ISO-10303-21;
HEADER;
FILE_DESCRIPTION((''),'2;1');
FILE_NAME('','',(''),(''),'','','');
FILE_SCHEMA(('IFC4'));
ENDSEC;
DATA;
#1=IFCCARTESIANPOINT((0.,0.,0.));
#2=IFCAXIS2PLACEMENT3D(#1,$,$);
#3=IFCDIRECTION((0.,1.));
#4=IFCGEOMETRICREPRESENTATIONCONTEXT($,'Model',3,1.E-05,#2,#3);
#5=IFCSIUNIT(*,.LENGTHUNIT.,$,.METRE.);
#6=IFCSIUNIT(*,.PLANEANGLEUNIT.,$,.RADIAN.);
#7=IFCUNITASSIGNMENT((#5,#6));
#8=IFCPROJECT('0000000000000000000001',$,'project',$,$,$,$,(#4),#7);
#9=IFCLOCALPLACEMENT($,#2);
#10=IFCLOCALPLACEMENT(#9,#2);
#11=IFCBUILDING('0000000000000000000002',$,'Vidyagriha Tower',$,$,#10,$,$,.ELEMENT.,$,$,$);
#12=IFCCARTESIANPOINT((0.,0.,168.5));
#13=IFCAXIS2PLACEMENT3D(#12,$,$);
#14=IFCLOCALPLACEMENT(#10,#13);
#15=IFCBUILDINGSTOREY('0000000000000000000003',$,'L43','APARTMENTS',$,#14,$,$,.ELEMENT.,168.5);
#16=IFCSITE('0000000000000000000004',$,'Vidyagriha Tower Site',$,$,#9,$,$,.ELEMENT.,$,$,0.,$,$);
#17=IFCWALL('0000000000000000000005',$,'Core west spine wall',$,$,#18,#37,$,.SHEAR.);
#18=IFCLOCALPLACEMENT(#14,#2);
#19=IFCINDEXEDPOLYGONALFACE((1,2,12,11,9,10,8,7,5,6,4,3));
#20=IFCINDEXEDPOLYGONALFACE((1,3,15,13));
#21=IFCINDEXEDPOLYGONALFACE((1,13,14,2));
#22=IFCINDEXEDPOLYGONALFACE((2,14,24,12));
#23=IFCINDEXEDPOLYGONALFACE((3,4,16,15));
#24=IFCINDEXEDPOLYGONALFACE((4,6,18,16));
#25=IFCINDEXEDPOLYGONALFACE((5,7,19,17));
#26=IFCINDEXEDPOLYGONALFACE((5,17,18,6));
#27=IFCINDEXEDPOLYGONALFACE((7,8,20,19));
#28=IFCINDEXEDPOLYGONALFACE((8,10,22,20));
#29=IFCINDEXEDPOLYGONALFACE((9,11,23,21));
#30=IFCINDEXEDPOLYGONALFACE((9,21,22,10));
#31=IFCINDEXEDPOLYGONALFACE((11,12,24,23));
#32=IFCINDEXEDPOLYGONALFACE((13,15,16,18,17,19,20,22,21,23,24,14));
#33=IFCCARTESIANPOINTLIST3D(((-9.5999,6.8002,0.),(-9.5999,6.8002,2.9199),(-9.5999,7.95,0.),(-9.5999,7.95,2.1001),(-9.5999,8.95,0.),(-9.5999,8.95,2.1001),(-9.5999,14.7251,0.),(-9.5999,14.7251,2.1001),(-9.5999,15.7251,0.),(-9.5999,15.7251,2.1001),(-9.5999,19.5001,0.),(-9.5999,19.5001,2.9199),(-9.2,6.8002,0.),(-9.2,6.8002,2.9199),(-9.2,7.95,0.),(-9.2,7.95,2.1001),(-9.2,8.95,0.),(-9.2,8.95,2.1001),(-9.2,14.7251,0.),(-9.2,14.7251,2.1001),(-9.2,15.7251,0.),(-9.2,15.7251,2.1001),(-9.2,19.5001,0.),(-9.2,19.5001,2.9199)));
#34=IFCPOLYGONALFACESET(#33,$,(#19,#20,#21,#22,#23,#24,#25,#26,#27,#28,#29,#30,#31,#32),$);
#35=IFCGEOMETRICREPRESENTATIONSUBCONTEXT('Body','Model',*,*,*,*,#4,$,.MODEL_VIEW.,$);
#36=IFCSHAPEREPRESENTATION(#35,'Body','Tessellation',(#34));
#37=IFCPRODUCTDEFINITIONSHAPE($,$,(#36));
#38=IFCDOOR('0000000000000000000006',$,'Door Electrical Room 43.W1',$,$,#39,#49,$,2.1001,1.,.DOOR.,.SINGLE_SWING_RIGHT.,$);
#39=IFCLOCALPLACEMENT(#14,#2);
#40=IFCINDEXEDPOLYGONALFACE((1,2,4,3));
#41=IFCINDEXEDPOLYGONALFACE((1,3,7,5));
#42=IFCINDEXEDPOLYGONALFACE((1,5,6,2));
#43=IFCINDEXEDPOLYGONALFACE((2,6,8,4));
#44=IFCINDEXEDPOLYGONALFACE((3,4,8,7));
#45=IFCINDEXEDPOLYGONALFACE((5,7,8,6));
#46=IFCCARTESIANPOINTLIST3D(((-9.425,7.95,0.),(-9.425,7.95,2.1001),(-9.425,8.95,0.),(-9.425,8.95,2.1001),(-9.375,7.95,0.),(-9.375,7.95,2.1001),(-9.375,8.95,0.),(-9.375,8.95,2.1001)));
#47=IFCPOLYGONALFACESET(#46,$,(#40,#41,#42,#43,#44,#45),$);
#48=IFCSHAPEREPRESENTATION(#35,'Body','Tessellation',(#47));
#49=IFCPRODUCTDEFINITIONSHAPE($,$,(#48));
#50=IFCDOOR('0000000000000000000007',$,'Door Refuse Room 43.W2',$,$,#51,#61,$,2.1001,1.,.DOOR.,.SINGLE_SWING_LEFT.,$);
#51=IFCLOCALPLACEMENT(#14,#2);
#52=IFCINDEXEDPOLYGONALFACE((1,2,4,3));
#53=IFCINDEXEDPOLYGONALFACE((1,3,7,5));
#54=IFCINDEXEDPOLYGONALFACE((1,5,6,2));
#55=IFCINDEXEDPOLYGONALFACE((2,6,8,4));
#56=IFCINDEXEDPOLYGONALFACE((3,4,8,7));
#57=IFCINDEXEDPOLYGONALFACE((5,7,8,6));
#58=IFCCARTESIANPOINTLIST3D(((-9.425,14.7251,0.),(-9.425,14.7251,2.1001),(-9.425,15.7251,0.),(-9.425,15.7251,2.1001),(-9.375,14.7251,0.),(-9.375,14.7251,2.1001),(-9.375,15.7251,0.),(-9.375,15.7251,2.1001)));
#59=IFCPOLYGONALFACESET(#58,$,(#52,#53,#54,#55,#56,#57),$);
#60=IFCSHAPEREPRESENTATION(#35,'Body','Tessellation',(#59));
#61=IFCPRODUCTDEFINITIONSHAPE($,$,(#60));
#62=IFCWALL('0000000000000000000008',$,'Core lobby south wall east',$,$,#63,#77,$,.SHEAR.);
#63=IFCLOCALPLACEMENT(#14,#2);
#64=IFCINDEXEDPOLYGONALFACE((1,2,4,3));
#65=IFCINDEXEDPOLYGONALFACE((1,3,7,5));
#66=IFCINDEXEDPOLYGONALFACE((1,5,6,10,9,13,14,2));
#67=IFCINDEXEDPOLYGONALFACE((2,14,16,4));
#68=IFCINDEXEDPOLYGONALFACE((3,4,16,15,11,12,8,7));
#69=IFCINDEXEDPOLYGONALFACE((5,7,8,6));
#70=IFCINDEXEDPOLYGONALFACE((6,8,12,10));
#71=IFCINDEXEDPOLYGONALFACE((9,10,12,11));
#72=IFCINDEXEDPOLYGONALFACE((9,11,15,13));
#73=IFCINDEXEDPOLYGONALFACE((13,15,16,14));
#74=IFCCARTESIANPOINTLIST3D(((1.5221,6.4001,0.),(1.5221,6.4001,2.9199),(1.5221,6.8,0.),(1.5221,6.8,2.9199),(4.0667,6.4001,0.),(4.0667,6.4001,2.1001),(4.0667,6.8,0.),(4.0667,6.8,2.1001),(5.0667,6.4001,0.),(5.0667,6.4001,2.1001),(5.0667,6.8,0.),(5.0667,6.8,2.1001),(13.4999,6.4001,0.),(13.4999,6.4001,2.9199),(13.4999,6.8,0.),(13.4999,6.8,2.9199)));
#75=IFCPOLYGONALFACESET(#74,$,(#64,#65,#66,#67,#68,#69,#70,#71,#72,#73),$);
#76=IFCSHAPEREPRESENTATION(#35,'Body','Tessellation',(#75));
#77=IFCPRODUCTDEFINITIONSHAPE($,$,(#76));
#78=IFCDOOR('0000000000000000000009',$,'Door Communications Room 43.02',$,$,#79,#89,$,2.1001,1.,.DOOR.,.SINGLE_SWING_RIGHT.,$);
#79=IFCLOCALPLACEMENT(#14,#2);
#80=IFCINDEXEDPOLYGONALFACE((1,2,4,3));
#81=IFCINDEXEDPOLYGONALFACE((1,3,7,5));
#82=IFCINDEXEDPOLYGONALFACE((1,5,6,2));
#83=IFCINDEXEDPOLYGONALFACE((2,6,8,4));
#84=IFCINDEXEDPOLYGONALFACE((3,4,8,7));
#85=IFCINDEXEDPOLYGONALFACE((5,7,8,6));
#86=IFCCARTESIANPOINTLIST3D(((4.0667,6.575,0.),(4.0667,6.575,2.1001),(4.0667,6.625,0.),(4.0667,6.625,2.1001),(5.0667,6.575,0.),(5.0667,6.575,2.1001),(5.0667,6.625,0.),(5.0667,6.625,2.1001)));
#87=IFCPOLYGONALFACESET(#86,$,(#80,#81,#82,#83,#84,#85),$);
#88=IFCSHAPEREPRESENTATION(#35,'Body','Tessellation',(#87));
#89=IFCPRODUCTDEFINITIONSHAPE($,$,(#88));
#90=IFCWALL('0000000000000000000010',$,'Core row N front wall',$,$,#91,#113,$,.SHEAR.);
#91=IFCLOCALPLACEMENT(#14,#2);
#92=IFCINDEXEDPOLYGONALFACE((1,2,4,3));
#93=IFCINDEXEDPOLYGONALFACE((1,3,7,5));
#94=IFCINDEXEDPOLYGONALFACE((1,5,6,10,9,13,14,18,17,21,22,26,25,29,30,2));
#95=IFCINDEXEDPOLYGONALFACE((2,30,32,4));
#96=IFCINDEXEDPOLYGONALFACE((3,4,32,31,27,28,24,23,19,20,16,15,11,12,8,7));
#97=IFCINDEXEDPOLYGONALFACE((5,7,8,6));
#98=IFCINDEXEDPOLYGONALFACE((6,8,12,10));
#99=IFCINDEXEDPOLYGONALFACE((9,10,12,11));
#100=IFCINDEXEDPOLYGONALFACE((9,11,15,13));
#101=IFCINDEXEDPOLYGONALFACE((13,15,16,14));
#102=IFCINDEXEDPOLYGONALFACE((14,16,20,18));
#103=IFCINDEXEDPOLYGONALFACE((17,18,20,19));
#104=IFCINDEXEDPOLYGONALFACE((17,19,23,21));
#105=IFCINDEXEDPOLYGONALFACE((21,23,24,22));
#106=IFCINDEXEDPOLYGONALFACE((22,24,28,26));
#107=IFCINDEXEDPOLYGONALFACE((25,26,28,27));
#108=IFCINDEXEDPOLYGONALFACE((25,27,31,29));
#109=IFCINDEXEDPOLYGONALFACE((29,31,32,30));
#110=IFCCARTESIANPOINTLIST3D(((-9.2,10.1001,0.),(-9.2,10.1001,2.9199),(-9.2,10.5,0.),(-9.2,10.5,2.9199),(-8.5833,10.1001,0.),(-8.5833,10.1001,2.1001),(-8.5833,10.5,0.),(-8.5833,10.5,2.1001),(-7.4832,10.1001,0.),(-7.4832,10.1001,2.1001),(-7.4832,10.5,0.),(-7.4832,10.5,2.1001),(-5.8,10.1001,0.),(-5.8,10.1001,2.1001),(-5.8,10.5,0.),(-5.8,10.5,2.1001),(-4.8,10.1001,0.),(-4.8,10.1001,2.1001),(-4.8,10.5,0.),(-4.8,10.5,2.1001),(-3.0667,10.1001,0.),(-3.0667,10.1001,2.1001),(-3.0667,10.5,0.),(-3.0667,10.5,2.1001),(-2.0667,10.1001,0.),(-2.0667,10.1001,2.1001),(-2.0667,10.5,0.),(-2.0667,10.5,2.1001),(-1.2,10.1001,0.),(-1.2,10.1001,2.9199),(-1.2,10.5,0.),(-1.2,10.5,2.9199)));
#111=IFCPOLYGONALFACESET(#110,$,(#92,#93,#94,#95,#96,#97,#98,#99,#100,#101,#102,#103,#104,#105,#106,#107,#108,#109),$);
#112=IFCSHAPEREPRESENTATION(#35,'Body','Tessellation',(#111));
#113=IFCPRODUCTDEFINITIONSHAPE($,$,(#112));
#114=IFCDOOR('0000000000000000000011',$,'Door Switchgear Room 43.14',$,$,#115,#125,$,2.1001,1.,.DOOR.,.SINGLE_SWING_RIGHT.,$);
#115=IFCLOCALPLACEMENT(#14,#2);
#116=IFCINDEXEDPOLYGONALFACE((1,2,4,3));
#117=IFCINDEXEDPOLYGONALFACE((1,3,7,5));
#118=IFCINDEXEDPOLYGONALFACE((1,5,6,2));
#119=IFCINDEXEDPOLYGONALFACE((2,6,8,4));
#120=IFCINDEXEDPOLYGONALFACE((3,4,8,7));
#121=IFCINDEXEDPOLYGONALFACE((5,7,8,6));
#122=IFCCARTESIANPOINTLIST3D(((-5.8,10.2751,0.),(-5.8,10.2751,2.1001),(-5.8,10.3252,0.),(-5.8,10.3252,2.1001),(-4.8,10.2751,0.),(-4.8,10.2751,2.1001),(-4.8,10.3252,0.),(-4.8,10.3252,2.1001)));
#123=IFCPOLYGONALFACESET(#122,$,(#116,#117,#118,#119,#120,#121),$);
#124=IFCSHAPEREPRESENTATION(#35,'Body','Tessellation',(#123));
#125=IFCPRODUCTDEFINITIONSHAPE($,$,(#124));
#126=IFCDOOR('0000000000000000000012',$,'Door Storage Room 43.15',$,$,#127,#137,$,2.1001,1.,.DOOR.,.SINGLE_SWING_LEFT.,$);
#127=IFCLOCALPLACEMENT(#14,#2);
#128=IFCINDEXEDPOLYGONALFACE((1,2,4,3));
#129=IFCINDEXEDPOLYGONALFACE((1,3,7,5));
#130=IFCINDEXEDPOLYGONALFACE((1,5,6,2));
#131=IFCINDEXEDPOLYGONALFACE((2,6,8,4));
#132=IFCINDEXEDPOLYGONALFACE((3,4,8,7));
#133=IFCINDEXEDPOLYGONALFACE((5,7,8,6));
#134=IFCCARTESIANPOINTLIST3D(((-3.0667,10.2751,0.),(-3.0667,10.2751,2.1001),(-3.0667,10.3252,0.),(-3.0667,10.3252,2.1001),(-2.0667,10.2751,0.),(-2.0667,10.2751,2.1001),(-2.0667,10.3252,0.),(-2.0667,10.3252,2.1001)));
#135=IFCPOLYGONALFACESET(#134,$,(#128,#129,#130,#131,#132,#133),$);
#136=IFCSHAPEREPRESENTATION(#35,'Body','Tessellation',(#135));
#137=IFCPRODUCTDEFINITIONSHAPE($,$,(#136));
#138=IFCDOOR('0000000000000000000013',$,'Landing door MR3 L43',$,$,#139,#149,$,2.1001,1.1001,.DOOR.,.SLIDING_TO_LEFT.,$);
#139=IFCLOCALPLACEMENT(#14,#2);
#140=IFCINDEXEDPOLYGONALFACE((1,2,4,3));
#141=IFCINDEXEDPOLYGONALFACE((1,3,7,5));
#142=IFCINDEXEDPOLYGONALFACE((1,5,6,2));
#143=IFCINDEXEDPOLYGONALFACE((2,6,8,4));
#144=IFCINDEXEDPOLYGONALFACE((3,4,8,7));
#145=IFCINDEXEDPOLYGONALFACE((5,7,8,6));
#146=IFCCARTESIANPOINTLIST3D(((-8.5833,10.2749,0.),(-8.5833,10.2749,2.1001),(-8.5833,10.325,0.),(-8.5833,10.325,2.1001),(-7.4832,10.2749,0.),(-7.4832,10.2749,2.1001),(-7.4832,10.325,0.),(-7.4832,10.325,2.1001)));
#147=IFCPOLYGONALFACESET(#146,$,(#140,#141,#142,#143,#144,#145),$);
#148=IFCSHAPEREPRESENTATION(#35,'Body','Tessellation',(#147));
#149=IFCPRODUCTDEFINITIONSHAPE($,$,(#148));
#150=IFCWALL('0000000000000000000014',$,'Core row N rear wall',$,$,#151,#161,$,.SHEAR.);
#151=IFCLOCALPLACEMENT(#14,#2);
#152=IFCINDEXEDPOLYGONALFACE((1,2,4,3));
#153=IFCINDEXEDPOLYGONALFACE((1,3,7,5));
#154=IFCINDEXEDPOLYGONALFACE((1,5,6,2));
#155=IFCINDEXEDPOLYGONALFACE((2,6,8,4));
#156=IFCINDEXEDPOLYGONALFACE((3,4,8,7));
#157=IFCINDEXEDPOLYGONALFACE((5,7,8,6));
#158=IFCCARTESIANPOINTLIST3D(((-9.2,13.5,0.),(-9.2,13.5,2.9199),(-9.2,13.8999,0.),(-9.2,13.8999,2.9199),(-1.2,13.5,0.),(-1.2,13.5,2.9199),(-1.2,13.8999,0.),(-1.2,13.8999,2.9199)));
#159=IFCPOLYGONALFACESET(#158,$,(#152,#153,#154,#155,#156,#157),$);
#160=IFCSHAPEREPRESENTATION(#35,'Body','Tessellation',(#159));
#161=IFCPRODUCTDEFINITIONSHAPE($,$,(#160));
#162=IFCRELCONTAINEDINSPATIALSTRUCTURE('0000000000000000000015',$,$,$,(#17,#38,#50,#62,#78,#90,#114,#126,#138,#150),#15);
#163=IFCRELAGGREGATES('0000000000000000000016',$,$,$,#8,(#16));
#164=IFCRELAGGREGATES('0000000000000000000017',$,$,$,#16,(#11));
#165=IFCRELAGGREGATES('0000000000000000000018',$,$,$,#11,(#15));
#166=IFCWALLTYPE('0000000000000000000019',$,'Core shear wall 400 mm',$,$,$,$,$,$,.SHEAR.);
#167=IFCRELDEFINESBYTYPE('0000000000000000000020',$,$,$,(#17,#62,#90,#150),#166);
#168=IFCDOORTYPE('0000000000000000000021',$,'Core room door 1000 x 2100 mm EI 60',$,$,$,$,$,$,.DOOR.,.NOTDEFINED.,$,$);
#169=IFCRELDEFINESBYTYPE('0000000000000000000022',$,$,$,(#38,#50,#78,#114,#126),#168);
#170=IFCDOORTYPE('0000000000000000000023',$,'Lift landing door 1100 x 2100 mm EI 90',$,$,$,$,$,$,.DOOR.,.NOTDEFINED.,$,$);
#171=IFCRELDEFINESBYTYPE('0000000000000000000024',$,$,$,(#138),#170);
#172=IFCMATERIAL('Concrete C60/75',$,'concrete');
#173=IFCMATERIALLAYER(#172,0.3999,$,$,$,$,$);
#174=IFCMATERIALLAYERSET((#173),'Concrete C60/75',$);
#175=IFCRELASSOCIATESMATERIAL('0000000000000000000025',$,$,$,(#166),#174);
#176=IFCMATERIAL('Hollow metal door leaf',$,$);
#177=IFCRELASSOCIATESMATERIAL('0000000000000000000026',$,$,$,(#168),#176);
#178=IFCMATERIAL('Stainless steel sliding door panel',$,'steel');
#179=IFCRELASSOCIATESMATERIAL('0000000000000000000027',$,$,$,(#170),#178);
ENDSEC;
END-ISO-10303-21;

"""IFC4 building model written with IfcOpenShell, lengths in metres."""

from ifc_helpers import new_model, si_unit, direction, frame, frame_2d, origin, place, context, subcontext, project, spatial, rectangle, extrude, material, layer, layer_set, type_object, element, fill, save


model = new_model("IFC4")

# Units and contexts
model_context = context("Model", 3, precision=1e-05, world=origin(), true_north=direction((0.0, 1.0)))
body_context = subcontext(model_context, "Body", "Model", "MODEL_VIEW")
ifc_project = project(units=[si_unit("LENGTHUNIT", "METRE"), si_unit("PLANEANGLEUNIT", "RADIAN")], contexts=[model_context])

# Site, building, storey
site_placement = place(None, origin())
site = spatial("IfcSite", under=ifc_project, at=site_placement, Name="Vidyagriha Tower Site", CompositionType="ELEMENT", RefElevation=0.0)
building_placement = place(site_placement, origin())
building = spatial("IfcBuilding", under=site, at=building_placement, Name="Vidyagriha Tower", CompositionType="ELEMENT")
storey_placement = place(building_placement, frame((0.0, 0.0, 168.5)))
storey = spatial("IfcBuildingStorey", under=building, at=storey_placement, Name="L43", Description="APARTMENTS", CompositionType="ELEMENT", Elevation=168.5)

# Wall, openings, doors
ifc_material_1 = material(Name="Concrete C60/75", Category="concrete")
ifc_layer_1 = layer(ifc_material_1, 0.3999)
ifc_layer_set_1 = layer_set([ifc_layer_1], Name="Concrete C60/75")
wall_type_1 = type_object("IfcWallType", Name="Core shear wall 400 mm", PredefinedType="SHEAR", material=ifc_layer_set_1)
wall_1_placement = place(storey_placement, frame((-9.3999, 6.8, 0.0), z_axis=(0.0, 0.0, 1.0), x_axis=(0.0, 1.0, 0.0)))
wall_1 = element("IfcWall", 1, at=wall_1_placement, inside=storey, type_object=wall_type_1, Name="Core west spine wall", PredefinedType="SHEAR", context=body_context, shape_type="SweptSolid", body=[
    extrude(rectangle(XDim=12.7, YDim=0.3999, at=frame_2d((6.3501, 0.0))), origin(), (0.0, 0.0, 1.0), 2.9199),
])
opening_1_placement = place(wall_1_placement, frame((1.1499, 0.0, 0.0)))
opening_1 = element("IfcOpeningElement", 2, at=opening_1_placement, cuts=wall_1, PredefinedType="OPENING", context=body_context, shape_type="SweptSolid", body=[
    extrude(rectangle(XDim=1.0, YDim=2.1001, at=frame_2d((0.5, 1.05))), frame((0.0, 0.21, 0.0), z_axis=(0.0, -1.0, 0.0), x_axis=(1.0, 0.0, 0.0)), (0.0, 0.0, 1.0), 0.4199),
])
opening_2_placement = place(wall_1_placement, frame((7.925, 0.0, 0.0)))
opening_2 = element("IfcOpeningElement", 3, at=opening_2_placement, cuts=wall_1, PredefinedType="OPENING", context=body_context, shape_type="SweptSolid", body=[
    extrude(rectangle(XDim=1.0, YDim=2.1001, at=frame_2d((0.5, 1.05))), frame((0.0, 0.21, 0.0), z_axis=(0.0, -1.0, 0.0), x_axis=(1.0, 0.0, 0.0)), (0.0, 0.0, 1.0), 0.4199),
])
ifc_material_2 = material(Name="Hollow metal door leaf")
door_type_1 = type_object("IfcDoorType", Name="Core room door 1000 x 2100 mm EI 60", OperationType="NOTDEFINED", PredefinedType="DOOR", material=ifc_material_2)
door_1_placement = place(opening_1_placement, frame((1.0, 0.0, 0.0), z_axis=(0.0, 0.0, 1.0), x_axis=(-1.0, 0.0, 0.0)))
door_1 = element("IfcDoor", 4, at=door_1_placement, inside=storey, type_object=door_type_1, Name="Door Electrical Room 43.W1", OperationType="SINGLE_SWING_RIGHT", OverallHeight=2.1001, OverallWidth=1.0, PredefinedType="DOOR", context=body_context, shape_type="SweptSolid", body=[
    extrude(rectangle(XDim=1.0, YDim=2.1001, at=frame_2d((0.5, 1.05))), frame((0.0, 0.0249, 0.0), z_axis=(0.0, -1.0, 0.0), x_axis=(1.0, 0.0, 0.0)), (0.0, 0.0, 1.0), 0.05),
])
fill(opening_1, door_1)
door_2_placement = place(opening_2_placement, frame((1.0, 0.0, 0.0), z_axis=(0.0, 0.0, 1.0), x_axis=(-1.0, 0.0, 0.0)))
door_2 = element("IfcDoor", 5, at=door_2_placement, inside=storey, type_object=door_type_1, Name="Door Refuse Room 43.W2", OperationType="SINGLE_SWING_LEFT", OverallHeight=2.1001, OverallWidth=1.0, PredefinedType="DOOR", context=body_context, shape_type="SweptSolid", body=[
    extrude(rectangle(XDim=1.0, YDim=2.1001, at=frame_2d((0.5, 1.05))), frame((0.0, 0.0249, 0.0), z_axis=(0.0, -1.0, 0.0), x_axis=(1.0, 0.0, 0.0)), (0.0, 0.0, 1.0), 0.05),
])
fill(opening_2, door_2)

# Wall, opening, door
wall_2_placement = place(storey_placement, frame((1.5222, 6.6001, 0.0)))
wall_2 = element("IfcWall", 6, at=wall_2_placement, inside=storey, type_object=wall_type_1, Name="Core lobby south wall east", PredefinedType="SHEAR", context=body_context, shape_type="SweptSolid", body=[
    extrude(rectangle(XDim=11.9778, YDim=0.3999, at=frame_2d((5.9888, 0.0))), origin(), (0.0, 0.0, 1.0), 2.9199),
])
opening_3_placement = place(wall_2_placement, frame((2.5444, 0.0, 0.0)))
opening_3 = element("IfcOpeningElement", 7, at=opening_3_placement, cuts=wall_2, PredefinedType="OPENING", context=body_context, shape_type="SweptSolid", body=[
    extrude(rectangle(XDim=1.0, YDim=2.1001, at=frame_2d((0.5, 1.05))), frame((0.0, 0.21, 0.0), z_axis=(0.0, -1.0, 0.0), x_axis=(1.0, 0.0, 0.0)), (0.0, 0.0, 1.0), 0.4199),
])
door_3_placement = place(opening_3_placement, origin())
door_3 = element("IfcDoor", 8, at=door_3_placement, inside=storey, type_object=door_type_1, Name="Door Communications Room 43.02", OperationType="SINGLE_SWING_RIGHT", OverallHeight=2.1001, OverallWidth=1.0, PredefinedType="DOOR", context=body_context, shape_type="SweptSolid", body=[
    extrude(rectangle(XDim=1.0, YDim=2.1001, at=frame_2d((0.5, 1.05))), frame((0.0, 0.0249, 0.0), z_axis=(0.0, -1.0, 0.0), x_axis=(1.0, 0.0, 0.0)), (0.0, 0.0, 1.0), 0.05),
])
fill(opening_3, door_3)

# Wall, openings, doors
wall_3_placement = place(storey_placement, frame((-9.2, 10.3, 0.0)))
wall_3 = element("IfcWall", 9, at=wall_3_placement, inside=storey, type_object=wall_type_1, Name="Core row N front wall", PredefinedType="SHEAR", context=body_context, shape_type="SweptSolid", body=[
    extrude(rectangle(XDim=8.0, YDim=0.3999, at=frame_2d((4.0, 0.0))), origin(), (0.0, 0.0, 1.0), 2.9199),
])
opening_4_placement = place(wall_3_placement, frame((0.6167, 0.0, 0.0)))
opening_4 = element("IfcOpeningElement", 10, at=opening_4_placement, cuts=wall_3, PredefinedType="OPENING", context=body_context, shape_type="SweptSolid", body=[
    extrude(rectangle(XDim=1.1001, YDim=2.1001, at=frame_2d((0.55, 1.05))), frame((0.0, 0.21, 0.0), z_axis=(0.0, -1.0, 0.0), x_axis=(1.0, 0.0, 0.0)), (0.0, 0.0, 1.0), 0.4199),
])
opening_5_placement = place(wall_3_placement, frame((3.3999, 0.0, 0.0)))
opening_5 = element("IfcOpeningElement", 11, at=opening_5_placement, cuts=wall_3, PredefinedType="OPENING", context=body_context, shape_type="SweptSolid", body=[
    extrude(rectangle(XDim=1.0, YDim=2.1001, at=frame_2d((0.5, 1.05))), frame((0.0, 0.21, 0.0), z_axis=(0.0, -1.0, 0.0), x_axis=(1.0, 0.0, 0.0)), (0.0, 0.0, 1.0), 0.4199),
])
opening_6_placement = place(wall_3_placement, frame((6.1333, 0.0, 0.0)))
opening_6 = element("IfcOpeningElement", 12, at=opening_6_placement, cuts=wall_3, PredefinedType="OPENING", context=body_context, shape_type="SweptSolid", body=[
    extrude(rectangle(XDim=1.0, YDim=2.1001, at=frame_2d((0.5, 1.05))), frame((0.0, 0.21, 0.0), z_axis=(0.0, -1.0, 0.0), x_axis=(1.0, 0.0, 0.0)), (0.0, 0.0, 1.0), 0.4199),
])
door_4_placement = place(opening_5_placement, frame((1.0, 0.0, 0.0), z_axis=(0.0, 0.0, 1.0), x_axis=(-1.0, 0.0, 0.0)))
door_4 = element("IfcDoor", 13, at=door_4_placement, inside=storey, type_object=door_type_1, Name="Door Switchgear Room 43.14", OperationType="SINGLE_SWING_RIGHT", OverallHeight=2.1001, OverallWidth=1.0, PredefinedType="DOOR", context=body_context, shape_type="SweptSolid", body=[
    extrude(rectangle(XDim=1.0, YDim=2.1001, at=frame_2d((0.5, 1.05))), frame((0.0, 0.0249, 0.0), z_axis=(0.0, -1.0, 0.0), x_axis=(1.0, 0.0, 0.0)), (0.0, 0.0, 1.0), 0.05),
])
fill(opening_5, door_4)
door_5_placement = place(opening_6_placement, frame((1.0, 0.0, 0.0), z_axis=(0.0, 0.0, 1.0), x_axis=(-1.0, 0.0, 0.0)))
door_5 = element("IfcDoor", 14, at=door_5_placement, inside=storey, type_object=door_type_1, Name="Door Storage Room 43.15", OperationType="SINGLE_SWING_LEFT", OverallHeight=2.1001, OverallWidth=1.0, PredefinedType="DOOR", context=body_context, shape_type="SweptSolid", body=[
    extrude(rectangle(XDim=1.0, YDim=2.1001, at=frame_2d((0.5, 1.05))), frame((0.0, 0.0249, 0.0), z_axis=(0.0, -1.0, 0.0), x_axis=(1.0, 0.0, 0.0)), (0.0, 0.0, 1.0), 0.05),
])
fill(opening_6, door_5)
ifc_material_3 = material(Name="Stainless steel sliding door panel", Category="steel")
door_type_2 = type_object("IfcDoorType", Name="Lift landing door 1100 x 2100 mm EI 90", OperationType="NOTDEFINED", PredefinedType="DOOR", material=ifc_material_3)
door_6_placement = place(opening_4_placement, origin())
door_6 = element("IfcDoor", 15, at=door_6_placement, inside=storey, type_object=door_type_2, Name="Landing door MR3 L43", OperationType="SLIDING_TO_LEFT", OverallHeight=2.1001, OverallWidth=1.1001, PredefinedType="DOOR", context=body_context, shape_type="SweptSolid", body=[
    extrude(rectangle(XDim=1.1001, YDim=2.1001, at=frame_2d((0.55, 1.05))), frame((0.0, 0.0249, 0.0), z_axis=(0.0, -1.0, 0.0), x_axis=(1.0, 0.0, 0.0)), (0.0, 0.0, 1.0), 0.05),
])
fill(opening_4, door_6)

# Wall
wall_4_placement = place(storey_placement, frame((-9.2, 13.7, 0.0)))
element("IfcWall", 16, at=wall_4_placement, inside=storey, type_object=wall_type_1, Name="Core row N rear wall", PredefinedType="SHEAR", context=body_context, shape_type="SweptSolid", body=[
    extrude(rectangle(XDim=8.0, YDim=0.3999, at=frame_2d((4.0, 0.0))), origin(), (0.0, 0.0, 1.0), 2.9199),
])

save(model, "model.ifc")
